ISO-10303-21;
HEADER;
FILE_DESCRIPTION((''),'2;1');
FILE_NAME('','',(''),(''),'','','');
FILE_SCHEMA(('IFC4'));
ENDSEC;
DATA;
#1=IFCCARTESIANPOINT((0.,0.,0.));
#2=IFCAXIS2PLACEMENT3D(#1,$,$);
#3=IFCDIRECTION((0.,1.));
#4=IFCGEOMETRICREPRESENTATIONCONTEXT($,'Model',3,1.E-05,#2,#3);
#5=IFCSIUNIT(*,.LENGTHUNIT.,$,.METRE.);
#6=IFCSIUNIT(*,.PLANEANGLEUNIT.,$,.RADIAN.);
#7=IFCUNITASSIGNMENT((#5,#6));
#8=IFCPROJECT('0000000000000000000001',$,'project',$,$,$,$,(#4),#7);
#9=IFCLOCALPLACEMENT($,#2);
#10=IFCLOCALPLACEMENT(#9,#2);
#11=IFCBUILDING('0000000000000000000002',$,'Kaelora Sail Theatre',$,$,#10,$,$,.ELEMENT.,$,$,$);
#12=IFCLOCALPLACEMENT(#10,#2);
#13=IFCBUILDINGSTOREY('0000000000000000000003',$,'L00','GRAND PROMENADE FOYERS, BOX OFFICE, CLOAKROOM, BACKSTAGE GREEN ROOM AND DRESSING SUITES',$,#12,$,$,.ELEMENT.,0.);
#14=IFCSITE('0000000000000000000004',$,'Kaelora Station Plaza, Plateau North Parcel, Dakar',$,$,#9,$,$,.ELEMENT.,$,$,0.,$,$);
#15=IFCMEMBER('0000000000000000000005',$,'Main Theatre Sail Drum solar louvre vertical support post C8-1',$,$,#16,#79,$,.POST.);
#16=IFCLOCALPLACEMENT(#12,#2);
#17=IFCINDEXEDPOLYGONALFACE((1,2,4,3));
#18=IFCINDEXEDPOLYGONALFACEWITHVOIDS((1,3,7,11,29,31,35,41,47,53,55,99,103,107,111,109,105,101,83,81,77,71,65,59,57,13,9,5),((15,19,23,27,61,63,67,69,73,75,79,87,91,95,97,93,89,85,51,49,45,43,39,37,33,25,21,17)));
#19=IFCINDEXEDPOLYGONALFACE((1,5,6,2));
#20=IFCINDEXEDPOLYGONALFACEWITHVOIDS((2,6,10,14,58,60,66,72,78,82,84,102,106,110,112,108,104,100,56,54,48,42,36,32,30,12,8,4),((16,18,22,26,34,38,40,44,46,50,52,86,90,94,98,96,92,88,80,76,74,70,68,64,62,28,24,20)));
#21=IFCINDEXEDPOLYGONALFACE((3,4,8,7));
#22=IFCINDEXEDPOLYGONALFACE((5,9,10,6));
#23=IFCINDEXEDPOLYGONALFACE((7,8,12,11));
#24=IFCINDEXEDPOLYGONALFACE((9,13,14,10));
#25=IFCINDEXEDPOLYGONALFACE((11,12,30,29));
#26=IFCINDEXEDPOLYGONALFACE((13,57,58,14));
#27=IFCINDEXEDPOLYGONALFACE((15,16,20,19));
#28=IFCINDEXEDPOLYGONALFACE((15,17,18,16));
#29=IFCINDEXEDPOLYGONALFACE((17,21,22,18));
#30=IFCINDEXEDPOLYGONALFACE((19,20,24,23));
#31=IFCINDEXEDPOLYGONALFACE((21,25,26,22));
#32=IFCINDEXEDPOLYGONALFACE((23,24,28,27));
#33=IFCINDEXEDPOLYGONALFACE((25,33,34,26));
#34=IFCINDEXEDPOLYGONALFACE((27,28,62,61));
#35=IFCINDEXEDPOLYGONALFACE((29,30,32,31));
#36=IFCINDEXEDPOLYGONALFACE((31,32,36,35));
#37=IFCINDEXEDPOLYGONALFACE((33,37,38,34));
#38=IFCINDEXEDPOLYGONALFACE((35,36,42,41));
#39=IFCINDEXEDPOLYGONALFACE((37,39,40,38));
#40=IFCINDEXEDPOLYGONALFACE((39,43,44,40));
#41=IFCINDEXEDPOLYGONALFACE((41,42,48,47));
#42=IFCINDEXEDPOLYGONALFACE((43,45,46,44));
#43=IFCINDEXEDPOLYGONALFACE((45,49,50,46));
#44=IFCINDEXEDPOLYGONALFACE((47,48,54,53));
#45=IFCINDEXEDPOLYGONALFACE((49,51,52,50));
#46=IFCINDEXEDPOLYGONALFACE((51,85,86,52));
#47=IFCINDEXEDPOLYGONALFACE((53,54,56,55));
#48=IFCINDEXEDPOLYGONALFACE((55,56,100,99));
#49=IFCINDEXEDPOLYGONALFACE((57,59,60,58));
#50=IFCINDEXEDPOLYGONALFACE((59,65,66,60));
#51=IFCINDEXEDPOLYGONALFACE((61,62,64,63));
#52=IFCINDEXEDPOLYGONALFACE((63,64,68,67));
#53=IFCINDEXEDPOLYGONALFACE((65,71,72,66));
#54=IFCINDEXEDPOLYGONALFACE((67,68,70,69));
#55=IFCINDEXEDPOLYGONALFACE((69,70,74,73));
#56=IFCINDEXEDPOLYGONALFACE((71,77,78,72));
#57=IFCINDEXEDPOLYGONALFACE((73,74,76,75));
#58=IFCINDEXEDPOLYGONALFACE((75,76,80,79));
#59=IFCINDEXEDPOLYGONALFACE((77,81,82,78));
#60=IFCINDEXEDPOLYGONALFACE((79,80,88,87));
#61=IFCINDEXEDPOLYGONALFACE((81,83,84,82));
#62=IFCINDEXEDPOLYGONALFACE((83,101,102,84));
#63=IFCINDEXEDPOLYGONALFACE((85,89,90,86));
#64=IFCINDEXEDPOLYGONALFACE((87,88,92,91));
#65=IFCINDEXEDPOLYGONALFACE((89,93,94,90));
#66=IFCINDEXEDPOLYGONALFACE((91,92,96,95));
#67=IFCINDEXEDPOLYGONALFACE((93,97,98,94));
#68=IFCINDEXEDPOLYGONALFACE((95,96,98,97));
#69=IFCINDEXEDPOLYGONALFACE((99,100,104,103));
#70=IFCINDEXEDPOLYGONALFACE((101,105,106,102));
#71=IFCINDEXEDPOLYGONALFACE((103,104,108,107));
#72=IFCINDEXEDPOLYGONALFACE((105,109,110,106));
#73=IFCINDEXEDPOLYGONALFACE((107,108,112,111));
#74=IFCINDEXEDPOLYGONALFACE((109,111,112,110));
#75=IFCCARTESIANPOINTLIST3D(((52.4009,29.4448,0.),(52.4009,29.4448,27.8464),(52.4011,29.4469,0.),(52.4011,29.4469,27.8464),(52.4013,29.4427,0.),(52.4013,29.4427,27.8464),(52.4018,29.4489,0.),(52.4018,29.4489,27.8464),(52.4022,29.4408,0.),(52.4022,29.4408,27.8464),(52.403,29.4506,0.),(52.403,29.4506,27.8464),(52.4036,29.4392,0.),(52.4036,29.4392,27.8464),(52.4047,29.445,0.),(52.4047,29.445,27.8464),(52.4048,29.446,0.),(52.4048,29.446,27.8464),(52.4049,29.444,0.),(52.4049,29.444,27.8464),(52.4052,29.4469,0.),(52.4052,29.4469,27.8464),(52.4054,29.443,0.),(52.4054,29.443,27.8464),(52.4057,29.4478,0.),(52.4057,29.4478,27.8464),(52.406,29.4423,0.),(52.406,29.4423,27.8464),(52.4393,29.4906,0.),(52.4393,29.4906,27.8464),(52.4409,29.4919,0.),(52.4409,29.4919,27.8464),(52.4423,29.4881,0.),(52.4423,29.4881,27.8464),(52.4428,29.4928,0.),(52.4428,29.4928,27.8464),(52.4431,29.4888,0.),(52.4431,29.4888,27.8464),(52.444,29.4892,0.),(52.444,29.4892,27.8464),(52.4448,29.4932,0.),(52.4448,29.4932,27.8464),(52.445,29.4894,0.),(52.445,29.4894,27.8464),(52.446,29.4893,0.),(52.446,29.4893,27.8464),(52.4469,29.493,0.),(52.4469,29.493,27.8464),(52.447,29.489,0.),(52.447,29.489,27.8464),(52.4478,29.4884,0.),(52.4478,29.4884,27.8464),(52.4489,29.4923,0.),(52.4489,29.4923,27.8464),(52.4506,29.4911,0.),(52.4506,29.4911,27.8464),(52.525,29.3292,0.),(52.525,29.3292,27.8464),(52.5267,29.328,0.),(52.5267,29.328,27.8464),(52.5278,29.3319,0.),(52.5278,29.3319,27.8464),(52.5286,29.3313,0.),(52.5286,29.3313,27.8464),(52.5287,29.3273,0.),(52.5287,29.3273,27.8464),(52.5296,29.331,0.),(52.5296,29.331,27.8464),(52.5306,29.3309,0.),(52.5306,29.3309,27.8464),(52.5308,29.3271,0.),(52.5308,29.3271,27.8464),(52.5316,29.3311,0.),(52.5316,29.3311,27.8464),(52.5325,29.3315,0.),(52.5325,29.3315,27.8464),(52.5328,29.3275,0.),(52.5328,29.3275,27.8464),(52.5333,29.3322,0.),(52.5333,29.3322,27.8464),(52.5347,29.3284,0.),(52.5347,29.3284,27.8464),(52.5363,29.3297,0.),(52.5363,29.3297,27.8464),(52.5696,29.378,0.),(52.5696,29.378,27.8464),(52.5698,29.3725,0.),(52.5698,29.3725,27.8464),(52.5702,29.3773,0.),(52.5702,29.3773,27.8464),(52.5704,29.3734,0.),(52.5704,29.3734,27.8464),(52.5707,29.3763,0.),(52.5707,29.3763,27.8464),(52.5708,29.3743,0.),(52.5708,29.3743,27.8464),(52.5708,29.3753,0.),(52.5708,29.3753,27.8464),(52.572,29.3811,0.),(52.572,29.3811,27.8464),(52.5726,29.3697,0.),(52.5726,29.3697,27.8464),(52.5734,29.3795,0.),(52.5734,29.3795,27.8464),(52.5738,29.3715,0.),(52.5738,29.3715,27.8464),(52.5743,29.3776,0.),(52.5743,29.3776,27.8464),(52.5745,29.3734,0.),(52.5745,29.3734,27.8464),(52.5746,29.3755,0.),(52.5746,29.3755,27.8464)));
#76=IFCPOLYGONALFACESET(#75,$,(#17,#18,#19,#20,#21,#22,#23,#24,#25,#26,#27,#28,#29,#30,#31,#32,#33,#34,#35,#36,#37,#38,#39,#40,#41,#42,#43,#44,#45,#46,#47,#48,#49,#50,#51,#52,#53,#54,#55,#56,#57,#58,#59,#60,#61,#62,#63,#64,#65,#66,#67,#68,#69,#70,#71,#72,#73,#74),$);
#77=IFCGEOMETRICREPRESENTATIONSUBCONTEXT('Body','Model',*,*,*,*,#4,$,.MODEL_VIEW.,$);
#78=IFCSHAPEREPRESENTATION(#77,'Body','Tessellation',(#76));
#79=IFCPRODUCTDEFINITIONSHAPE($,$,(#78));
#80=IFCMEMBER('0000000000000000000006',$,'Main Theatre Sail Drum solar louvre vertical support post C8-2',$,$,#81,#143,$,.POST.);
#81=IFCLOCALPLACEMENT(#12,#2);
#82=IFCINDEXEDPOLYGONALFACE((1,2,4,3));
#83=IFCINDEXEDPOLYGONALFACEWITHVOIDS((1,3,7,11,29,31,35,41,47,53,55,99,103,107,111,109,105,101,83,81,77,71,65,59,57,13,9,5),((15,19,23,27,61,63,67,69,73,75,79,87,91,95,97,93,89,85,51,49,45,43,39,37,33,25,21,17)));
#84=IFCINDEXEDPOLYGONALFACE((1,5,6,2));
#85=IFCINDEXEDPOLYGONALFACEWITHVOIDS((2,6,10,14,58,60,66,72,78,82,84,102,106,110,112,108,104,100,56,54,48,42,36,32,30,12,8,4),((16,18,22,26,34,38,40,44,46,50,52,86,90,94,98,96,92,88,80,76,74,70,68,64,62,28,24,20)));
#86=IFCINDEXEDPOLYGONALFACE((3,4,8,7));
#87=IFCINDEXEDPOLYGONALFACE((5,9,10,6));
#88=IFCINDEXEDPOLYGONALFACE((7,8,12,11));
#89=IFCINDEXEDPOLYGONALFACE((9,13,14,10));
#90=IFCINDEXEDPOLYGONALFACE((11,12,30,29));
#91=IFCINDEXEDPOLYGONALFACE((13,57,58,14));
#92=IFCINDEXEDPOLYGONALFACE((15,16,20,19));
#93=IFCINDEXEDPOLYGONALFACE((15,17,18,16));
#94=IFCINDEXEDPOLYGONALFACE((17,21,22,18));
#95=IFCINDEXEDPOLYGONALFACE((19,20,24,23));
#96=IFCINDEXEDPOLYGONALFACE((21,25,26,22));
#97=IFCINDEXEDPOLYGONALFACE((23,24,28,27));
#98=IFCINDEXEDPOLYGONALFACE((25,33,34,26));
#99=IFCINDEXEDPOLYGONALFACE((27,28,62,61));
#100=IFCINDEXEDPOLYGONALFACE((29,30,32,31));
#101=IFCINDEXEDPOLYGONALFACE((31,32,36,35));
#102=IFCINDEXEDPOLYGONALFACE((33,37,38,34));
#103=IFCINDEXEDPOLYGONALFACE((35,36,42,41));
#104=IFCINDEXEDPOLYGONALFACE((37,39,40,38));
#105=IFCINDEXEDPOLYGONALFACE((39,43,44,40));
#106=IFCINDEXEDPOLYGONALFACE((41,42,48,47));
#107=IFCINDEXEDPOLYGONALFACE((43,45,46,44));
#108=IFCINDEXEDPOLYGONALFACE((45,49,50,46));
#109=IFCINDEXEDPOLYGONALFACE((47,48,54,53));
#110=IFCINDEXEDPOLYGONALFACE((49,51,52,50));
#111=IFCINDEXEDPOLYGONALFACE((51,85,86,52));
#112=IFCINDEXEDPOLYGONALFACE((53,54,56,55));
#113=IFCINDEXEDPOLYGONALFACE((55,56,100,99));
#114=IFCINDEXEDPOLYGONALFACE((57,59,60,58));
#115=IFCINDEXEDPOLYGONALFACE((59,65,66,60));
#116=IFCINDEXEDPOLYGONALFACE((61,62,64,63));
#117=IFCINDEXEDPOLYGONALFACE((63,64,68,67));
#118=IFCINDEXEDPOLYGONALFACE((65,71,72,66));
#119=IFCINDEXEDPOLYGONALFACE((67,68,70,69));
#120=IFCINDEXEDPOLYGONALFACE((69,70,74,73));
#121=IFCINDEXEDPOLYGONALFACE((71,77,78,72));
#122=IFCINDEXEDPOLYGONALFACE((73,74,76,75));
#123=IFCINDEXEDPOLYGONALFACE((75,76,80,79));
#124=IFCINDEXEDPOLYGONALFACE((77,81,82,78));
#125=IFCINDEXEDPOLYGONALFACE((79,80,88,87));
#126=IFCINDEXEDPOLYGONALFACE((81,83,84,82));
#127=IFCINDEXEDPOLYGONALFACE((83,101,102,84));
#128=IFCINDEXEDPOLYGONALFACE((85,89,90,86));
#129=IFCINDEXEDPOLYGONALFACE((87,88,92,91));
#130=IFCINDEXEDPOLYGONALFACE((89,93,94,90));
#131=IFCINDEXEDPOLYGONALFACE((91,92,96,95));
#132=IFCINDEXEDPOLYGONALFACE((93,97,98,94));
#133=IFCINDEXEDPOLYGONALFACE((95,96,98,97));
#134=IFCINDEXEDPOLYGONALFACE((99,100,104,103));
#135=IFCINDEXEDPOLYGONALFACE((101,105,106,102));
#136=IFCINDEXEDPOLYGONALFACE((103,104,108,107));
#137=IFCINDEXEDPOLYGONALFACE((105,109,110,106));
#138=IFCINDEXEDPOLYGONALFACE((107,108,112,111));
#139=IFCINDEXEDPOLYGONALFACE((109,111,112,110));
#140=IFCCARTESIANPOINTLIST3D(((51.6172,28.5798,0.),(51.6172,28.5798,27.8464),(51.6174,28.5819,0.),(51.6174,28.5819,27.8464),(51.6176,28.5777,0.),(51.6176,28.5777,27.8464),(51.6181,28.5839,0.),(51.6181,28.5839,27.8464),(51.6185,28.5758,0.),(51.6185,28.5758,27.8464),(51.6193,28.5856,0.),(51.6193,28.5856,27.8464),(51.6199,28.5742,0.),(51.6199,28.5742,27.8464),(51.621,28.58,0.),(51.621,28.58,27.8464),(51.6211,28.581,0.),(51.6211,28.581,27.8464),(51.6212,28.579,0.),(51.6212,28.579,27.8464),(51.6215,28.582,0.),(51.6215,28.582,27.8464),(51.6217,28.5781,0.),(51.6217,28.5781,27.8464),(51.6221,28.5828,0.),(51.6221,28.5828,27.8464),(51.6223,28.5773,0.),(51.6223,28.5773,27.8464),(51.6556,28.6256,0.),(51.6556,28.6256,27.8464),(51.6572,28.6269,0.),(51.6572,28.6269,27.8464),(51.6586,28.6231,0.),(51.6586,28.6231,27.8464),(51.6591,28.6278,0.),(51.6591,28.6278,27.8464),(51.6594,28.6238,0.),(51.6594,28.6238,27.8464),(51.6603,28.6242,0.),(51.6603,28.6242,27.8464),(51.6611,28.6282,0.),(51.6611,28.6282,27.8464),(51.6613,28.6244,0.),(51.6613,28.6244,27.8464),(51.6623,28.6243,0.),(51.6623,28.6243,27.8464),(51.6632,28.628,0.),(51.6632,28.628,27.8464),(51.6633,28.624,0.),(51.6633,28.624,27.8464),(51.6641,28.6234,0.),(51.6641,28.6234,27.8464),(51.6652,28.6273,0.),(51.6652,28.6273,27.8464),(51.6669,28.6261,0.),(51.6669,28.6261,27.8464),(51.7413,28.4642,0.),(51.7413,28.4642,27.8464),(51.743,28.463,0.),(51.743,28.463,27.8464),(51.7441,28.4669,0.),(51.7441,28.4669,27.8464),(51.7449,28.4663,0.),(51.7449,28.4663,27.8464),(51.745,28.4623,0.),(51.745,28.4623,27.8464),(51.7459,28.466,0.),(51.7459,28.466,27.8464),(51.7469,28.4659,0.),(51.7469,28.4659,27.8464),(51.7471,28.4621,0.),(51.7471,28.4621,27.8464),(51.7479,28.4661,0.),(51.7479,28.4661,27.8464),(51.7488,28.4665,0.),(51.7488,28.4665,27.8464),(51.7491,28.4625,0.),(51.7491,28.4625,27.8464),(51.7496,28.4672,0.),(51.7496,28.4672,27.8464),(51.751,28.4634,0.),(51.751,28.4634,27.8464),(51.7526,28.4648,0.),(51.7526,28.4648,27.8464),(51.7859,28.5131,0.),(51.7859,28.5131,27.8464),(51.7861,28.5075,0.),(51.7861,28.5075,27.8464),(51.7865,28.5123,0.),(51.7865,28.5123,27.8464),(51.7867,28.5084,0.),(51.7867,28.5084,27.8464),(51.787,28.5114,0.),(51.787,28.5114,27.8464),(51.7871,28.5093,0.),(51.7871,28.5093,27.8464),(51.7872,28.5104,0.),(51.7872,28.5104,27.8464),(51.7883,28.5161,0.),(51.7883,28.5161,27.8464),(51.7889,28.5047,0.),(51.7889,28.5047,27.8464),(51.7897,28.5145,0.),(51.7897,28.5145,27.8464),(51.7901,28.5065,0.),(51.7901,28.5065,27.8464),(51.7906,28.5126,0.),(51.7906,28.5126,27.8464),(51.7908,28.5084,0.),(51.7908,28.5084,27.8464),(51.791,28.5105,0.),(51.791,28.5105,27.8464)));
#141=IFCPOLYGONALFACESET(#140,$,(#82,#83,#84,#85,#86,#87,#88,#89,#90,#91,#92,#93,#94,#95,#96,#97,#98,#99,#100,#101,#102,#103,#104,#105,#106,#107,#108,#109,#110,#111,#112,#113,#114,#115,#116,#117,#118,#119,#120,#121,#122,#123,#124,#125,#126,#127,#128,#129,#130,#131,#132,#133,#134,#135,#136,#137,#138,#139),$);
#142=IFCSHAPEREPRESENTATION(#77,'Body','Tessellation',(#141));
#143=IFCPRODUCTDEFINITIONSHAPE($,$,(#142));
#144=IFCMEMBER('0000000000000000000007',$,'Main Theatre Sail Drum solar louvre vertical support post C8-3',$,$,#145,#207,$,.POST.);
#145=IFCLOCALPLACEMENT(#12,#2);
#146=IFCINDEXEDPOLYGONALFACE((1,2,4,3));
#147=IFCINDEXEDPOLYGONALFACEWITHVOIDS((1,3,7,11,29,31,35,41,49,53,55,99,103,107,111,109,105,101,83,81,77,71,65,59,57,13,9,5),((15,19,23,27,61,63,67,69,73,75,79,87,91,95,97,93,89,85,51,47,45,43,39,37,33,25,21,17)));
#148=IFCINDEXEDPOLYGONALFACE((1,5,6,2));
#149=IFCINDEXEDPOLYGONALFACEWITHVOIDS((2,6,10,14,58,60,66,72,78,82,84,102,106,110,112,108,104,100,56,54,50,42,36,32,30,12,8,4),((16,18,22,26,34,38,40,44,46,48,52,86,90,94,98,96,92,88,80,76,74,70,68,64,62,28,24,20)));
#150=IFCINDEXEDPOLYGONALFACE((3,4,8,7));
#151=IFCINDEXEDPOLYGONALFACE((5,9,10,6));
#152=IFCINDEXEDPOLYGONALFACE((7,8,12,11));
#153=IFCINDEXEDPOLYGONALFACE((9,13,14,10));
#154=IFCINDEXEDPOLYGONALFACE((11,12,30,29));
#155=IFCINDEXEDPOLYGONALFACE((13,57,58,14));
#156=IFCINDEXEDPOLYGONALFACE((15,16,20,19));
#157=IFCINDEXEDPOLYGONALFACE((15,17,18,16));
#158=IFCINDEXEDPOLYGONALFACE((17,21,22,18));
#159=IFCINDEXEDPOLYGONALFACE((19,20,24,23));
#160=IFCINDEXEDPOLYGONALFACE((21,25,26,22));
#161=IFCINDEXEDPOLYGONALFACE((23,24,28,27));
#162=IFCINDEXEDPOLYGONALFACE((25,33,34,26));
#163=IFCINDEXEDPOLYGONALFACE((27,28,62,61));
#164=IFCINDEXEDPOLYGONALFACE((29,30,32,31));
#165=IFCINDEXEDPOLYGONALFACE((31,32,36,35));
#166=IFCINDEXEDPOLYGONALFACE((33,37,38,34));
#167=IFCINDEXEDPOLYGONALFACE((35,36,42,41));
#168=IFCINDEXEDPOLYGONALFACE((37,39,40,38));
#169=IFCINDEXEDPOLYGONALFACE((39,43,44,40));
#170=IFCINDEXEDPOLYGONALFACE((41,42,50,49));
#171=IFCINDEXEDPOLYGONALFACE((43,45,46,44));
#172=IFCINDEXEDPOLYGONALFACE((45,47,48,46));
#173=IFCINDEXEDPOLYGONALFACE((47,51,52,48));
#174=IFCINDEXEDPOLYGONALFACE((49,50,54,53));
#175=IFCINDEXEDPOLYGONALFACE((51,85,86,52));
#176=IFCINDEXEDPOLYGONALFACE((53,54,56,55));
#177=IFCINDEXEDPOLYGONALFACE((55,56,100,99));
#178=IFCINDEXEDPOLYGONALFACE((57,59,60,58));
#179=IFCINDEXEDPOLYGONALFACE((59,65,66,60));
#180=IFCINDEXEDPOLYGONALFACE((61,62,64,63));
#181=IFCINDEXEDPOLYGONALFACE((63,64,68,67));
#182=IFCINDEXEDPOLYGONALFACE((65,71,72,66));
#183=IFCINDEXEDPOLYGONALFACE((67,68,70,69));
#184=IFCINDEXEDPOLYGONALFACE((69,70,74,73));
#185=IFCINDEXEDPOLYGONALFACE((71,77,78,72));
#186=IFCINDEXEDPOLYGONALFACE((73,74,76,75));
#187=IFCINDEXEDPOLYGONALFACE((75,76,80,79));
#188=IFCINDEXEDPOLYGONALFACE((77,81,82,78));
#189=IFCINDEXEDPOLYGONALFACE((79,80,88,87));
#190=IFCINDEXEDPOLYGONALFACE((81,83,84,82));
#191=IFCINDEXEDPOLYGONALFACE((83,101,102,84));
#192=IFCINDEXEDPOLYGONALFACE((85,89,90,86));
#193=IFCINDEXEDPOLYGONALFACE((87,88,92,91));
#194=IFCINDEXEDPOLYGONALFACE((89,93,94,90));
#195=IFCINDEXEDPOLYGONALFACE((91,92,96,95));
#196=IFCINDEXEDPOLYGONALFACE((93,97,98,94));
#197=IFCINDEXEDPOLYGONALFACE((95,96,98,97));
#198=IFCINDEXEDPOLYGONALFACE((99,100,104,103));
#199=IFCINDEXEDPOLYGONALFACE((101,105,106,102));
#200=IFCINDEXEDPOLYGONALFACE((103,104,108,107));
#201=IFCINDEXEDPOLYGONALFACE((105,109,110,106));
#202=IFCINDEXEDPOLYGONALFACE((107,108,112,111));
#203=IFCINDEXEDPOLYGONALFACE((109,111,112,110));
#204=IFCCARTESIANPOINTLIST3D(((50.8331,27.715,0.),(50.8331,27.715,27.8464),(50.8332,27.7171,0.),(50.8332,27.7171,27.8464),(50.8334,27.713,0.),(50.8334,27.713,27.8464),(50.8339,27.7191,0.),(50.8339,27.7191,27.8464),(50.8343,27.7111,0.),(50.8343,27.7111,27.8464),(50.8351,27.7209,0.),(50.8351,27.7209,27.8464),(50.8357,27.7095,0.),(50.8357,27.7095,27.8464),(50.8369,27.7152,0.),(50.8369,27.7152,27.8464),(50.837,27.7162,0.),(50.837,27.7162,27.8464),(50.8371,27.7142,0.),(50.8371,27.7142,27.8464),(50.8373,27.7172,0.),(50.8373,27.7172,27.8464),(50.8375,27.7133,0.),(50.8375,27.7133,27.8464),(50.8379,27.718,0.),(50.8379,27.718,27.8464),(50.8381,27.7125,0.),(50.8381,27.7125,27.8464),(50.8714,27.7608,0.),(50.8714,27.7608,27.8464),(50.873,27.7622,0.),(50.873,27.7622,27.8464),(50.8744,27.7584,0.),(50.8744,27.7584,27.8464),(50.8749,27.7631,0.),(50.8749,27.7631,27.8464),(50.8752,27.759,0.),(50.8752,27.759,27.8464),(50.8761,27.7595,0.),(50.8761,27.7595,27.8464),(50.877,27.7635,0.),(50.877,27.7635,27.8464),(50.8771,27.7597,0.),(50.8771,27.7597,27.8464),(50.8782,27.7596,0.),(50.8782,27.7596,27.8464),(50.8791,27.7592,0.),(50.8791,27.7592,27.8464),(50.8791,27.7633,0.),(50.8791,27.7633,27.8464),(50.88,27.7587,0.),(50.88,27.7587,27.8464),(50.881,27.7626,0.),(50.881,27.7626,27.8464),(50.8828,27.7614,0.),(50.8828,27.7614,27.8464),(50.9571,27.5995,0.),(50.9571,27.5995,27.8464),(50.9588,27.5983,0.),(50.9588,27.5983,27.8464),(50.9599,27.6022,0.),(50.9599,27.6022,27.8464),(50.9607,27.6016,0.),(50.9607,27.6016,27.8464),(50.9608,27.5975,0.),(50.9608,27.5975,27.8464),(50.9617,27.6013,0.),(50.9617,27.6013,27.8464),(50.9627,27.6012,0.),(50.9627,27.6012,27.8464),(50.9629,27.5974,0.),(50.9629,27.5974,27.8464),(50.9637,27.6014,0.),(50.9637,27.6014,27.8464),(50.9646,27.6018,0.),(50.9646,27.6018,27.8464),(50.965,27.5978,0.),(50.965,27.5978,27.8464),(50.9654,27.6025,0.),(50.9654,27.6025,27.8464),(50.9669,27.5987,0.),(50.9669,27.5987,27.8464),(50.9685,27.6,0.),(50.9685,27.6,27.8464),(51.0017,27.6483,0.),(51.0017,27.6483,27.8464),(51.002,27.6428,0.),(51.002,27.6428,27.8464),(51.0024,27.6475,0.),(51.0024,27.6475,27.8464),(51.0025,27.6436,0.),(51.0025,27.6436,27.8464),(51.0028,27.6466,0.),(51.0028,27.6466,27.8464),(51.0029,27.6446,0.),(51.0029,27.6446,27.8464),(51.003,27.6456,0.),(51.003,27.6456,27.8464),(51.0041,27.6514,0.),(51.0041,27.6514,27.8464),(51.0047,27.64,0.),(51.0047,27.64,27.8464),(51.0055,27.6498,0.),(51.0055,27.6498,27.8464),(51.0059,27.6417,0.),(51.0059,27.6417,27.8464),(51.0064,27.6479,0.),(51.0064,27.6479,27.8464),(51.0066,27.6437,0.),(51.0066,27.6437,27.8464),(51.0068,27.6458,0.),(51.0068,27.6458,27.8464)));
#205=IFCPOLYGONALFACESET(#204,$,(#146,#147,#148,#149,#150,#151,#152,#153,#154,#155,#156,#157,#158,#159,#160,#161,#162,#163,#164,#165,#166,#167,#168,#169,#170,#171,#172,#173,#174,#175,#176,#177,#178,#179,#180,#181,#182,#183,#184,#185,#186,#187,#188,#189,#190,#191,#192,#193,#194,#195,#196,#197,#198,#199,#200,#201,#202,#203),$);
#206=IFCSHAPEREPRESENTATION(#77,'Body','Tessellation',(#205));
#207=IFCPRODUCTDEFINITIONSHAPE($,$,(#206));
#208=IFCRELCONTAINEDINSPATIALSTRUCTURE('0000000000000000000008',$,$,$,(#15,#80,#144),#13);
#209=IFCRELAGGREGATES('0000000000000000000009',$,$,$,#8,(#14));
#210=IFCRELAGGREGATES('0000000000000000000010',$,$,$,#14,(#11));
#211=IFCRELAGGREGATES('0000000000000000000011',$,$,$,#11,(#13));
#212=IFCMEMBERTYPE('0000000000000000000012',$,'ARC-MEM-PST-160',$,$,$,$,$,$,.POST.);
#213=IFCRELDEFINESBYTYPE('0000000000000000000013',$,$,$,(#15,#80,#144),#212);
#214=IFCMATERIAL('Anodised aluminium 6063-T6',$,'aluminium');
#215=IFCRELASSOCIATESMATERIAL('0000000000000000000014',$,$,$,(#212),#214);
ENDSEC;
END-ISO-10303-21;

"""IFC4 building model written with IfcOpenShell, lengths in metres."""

from ifc_helpers import new_model, si_unit, direction, frame, origin, origin_2d, place, context, subcontext, project, spatial, hollow_rectangle, extrude, material, material_profile, profile_set, type_object, element, save


model = new_model("IFC4")

# Units and contexts
model_context = context("Model", 3, precision=1e-05, world=origin(), true_north=direction((0.0, 1.0)))
body_context = subcontext(model_context, "Body", "Model", "MODEL_VIEW")
ifc_project = project(units=[si_unit("LENGTHUNIT", "METRE"), si_unit("PLANEANGLEUNIT", "RADIAN")], contexts=[model_context])

# Site, building, storey
site_placement = place(None, origin())
site = spatial("IfcSite", under=ifc_project, at=site_placement, Name="Kaelora Station Plaza, Plateau North Parcel, Dakar", CompositionType="ELEMENT", RefElevation=0.0)
building_placement = place(site_placement, origin())
building = spatial("IfcBuilding", under=site, at=building_placement, Name="Kaelora Sail Theatre", CompositionType="ELEMENT")
storey_placement = place(building_placement, origin())
storey = spatial("IfcBuildingStorey", under=building, at=storey_placement, Name="L00", Description="GRAND PROMENADE FOYERS, BOX OFFICE, CLOAKROOM, BACKSTAGE GREEN ROOM AND DRESSING SUITES", CompositionType="ELEMENT", Elevation=0.0)

# Members
ifc_material_1 = material(Name="Anodised aluminium 6063-T6", Category="aluminium")
ifc_material_profile_1 = material_profile(ifc_material_1, hollow_rectangle(XDim=0.0701, YDim=0.1799, WallThickness=0.0039, InnerFilletRadius=0.0039, OuterFilletRadius=0.0081, at=origin_2d()), Name="ALU-MULL 70x180x4")
ifc_profile_set_1 = profile_set([ifc_material_profile_1], Name="Anodised aluminium 6063-T6")
member_type_1 = type_object("IfcMemberType", Name="ARC-MEM-PST-160", PredefinedType="POST", material=ifc_profile_set_1)
for number, where, z_axis, x_axis, name in (
    (1, (52.4878, 29.4102, 0.0), (0.0, 0.0, 1.0), (-0.671591, -0.740922, 0.0), "Main Theatre Sail Drum solar louvre vertical support post C8-1"),
    (2, (51.7041, 28.5452, 0.0), (0.0, 0.0, 1.0), (-0.671591, -0.740922, 0.0), "Main Theatre Sail Drum solar louvre vertical support post C8-2"),
    (3, (50.9199, 27.6804, 0.0), (0.0, 0.0, 1.0), (-0.671591, -0.740922, 0.0), "Main Theatre Sail Drum solar louvre vertical support post C8-3"),
):
    element("IfcMember", number, at=place(storey_placement, frame(where, z_axis=z_axis, x_axis=x_axis)), inside=storey, type_object=member_type_1, Name=name, PredefinedType="POST", context=body_context, shape_type="SweptSolid", body=[
        extrude(hollow_rectangle(XDim=0.0701, YDim=0.1799, WallThickness=0.0039, InnerFilletRadius=0.0039, OuterFilletRadius=0.0081, at=origin_2d()), origin(), (0.0, 0.0, 1.0), 27.8464),
    ])

save(model, "model.ifc")
